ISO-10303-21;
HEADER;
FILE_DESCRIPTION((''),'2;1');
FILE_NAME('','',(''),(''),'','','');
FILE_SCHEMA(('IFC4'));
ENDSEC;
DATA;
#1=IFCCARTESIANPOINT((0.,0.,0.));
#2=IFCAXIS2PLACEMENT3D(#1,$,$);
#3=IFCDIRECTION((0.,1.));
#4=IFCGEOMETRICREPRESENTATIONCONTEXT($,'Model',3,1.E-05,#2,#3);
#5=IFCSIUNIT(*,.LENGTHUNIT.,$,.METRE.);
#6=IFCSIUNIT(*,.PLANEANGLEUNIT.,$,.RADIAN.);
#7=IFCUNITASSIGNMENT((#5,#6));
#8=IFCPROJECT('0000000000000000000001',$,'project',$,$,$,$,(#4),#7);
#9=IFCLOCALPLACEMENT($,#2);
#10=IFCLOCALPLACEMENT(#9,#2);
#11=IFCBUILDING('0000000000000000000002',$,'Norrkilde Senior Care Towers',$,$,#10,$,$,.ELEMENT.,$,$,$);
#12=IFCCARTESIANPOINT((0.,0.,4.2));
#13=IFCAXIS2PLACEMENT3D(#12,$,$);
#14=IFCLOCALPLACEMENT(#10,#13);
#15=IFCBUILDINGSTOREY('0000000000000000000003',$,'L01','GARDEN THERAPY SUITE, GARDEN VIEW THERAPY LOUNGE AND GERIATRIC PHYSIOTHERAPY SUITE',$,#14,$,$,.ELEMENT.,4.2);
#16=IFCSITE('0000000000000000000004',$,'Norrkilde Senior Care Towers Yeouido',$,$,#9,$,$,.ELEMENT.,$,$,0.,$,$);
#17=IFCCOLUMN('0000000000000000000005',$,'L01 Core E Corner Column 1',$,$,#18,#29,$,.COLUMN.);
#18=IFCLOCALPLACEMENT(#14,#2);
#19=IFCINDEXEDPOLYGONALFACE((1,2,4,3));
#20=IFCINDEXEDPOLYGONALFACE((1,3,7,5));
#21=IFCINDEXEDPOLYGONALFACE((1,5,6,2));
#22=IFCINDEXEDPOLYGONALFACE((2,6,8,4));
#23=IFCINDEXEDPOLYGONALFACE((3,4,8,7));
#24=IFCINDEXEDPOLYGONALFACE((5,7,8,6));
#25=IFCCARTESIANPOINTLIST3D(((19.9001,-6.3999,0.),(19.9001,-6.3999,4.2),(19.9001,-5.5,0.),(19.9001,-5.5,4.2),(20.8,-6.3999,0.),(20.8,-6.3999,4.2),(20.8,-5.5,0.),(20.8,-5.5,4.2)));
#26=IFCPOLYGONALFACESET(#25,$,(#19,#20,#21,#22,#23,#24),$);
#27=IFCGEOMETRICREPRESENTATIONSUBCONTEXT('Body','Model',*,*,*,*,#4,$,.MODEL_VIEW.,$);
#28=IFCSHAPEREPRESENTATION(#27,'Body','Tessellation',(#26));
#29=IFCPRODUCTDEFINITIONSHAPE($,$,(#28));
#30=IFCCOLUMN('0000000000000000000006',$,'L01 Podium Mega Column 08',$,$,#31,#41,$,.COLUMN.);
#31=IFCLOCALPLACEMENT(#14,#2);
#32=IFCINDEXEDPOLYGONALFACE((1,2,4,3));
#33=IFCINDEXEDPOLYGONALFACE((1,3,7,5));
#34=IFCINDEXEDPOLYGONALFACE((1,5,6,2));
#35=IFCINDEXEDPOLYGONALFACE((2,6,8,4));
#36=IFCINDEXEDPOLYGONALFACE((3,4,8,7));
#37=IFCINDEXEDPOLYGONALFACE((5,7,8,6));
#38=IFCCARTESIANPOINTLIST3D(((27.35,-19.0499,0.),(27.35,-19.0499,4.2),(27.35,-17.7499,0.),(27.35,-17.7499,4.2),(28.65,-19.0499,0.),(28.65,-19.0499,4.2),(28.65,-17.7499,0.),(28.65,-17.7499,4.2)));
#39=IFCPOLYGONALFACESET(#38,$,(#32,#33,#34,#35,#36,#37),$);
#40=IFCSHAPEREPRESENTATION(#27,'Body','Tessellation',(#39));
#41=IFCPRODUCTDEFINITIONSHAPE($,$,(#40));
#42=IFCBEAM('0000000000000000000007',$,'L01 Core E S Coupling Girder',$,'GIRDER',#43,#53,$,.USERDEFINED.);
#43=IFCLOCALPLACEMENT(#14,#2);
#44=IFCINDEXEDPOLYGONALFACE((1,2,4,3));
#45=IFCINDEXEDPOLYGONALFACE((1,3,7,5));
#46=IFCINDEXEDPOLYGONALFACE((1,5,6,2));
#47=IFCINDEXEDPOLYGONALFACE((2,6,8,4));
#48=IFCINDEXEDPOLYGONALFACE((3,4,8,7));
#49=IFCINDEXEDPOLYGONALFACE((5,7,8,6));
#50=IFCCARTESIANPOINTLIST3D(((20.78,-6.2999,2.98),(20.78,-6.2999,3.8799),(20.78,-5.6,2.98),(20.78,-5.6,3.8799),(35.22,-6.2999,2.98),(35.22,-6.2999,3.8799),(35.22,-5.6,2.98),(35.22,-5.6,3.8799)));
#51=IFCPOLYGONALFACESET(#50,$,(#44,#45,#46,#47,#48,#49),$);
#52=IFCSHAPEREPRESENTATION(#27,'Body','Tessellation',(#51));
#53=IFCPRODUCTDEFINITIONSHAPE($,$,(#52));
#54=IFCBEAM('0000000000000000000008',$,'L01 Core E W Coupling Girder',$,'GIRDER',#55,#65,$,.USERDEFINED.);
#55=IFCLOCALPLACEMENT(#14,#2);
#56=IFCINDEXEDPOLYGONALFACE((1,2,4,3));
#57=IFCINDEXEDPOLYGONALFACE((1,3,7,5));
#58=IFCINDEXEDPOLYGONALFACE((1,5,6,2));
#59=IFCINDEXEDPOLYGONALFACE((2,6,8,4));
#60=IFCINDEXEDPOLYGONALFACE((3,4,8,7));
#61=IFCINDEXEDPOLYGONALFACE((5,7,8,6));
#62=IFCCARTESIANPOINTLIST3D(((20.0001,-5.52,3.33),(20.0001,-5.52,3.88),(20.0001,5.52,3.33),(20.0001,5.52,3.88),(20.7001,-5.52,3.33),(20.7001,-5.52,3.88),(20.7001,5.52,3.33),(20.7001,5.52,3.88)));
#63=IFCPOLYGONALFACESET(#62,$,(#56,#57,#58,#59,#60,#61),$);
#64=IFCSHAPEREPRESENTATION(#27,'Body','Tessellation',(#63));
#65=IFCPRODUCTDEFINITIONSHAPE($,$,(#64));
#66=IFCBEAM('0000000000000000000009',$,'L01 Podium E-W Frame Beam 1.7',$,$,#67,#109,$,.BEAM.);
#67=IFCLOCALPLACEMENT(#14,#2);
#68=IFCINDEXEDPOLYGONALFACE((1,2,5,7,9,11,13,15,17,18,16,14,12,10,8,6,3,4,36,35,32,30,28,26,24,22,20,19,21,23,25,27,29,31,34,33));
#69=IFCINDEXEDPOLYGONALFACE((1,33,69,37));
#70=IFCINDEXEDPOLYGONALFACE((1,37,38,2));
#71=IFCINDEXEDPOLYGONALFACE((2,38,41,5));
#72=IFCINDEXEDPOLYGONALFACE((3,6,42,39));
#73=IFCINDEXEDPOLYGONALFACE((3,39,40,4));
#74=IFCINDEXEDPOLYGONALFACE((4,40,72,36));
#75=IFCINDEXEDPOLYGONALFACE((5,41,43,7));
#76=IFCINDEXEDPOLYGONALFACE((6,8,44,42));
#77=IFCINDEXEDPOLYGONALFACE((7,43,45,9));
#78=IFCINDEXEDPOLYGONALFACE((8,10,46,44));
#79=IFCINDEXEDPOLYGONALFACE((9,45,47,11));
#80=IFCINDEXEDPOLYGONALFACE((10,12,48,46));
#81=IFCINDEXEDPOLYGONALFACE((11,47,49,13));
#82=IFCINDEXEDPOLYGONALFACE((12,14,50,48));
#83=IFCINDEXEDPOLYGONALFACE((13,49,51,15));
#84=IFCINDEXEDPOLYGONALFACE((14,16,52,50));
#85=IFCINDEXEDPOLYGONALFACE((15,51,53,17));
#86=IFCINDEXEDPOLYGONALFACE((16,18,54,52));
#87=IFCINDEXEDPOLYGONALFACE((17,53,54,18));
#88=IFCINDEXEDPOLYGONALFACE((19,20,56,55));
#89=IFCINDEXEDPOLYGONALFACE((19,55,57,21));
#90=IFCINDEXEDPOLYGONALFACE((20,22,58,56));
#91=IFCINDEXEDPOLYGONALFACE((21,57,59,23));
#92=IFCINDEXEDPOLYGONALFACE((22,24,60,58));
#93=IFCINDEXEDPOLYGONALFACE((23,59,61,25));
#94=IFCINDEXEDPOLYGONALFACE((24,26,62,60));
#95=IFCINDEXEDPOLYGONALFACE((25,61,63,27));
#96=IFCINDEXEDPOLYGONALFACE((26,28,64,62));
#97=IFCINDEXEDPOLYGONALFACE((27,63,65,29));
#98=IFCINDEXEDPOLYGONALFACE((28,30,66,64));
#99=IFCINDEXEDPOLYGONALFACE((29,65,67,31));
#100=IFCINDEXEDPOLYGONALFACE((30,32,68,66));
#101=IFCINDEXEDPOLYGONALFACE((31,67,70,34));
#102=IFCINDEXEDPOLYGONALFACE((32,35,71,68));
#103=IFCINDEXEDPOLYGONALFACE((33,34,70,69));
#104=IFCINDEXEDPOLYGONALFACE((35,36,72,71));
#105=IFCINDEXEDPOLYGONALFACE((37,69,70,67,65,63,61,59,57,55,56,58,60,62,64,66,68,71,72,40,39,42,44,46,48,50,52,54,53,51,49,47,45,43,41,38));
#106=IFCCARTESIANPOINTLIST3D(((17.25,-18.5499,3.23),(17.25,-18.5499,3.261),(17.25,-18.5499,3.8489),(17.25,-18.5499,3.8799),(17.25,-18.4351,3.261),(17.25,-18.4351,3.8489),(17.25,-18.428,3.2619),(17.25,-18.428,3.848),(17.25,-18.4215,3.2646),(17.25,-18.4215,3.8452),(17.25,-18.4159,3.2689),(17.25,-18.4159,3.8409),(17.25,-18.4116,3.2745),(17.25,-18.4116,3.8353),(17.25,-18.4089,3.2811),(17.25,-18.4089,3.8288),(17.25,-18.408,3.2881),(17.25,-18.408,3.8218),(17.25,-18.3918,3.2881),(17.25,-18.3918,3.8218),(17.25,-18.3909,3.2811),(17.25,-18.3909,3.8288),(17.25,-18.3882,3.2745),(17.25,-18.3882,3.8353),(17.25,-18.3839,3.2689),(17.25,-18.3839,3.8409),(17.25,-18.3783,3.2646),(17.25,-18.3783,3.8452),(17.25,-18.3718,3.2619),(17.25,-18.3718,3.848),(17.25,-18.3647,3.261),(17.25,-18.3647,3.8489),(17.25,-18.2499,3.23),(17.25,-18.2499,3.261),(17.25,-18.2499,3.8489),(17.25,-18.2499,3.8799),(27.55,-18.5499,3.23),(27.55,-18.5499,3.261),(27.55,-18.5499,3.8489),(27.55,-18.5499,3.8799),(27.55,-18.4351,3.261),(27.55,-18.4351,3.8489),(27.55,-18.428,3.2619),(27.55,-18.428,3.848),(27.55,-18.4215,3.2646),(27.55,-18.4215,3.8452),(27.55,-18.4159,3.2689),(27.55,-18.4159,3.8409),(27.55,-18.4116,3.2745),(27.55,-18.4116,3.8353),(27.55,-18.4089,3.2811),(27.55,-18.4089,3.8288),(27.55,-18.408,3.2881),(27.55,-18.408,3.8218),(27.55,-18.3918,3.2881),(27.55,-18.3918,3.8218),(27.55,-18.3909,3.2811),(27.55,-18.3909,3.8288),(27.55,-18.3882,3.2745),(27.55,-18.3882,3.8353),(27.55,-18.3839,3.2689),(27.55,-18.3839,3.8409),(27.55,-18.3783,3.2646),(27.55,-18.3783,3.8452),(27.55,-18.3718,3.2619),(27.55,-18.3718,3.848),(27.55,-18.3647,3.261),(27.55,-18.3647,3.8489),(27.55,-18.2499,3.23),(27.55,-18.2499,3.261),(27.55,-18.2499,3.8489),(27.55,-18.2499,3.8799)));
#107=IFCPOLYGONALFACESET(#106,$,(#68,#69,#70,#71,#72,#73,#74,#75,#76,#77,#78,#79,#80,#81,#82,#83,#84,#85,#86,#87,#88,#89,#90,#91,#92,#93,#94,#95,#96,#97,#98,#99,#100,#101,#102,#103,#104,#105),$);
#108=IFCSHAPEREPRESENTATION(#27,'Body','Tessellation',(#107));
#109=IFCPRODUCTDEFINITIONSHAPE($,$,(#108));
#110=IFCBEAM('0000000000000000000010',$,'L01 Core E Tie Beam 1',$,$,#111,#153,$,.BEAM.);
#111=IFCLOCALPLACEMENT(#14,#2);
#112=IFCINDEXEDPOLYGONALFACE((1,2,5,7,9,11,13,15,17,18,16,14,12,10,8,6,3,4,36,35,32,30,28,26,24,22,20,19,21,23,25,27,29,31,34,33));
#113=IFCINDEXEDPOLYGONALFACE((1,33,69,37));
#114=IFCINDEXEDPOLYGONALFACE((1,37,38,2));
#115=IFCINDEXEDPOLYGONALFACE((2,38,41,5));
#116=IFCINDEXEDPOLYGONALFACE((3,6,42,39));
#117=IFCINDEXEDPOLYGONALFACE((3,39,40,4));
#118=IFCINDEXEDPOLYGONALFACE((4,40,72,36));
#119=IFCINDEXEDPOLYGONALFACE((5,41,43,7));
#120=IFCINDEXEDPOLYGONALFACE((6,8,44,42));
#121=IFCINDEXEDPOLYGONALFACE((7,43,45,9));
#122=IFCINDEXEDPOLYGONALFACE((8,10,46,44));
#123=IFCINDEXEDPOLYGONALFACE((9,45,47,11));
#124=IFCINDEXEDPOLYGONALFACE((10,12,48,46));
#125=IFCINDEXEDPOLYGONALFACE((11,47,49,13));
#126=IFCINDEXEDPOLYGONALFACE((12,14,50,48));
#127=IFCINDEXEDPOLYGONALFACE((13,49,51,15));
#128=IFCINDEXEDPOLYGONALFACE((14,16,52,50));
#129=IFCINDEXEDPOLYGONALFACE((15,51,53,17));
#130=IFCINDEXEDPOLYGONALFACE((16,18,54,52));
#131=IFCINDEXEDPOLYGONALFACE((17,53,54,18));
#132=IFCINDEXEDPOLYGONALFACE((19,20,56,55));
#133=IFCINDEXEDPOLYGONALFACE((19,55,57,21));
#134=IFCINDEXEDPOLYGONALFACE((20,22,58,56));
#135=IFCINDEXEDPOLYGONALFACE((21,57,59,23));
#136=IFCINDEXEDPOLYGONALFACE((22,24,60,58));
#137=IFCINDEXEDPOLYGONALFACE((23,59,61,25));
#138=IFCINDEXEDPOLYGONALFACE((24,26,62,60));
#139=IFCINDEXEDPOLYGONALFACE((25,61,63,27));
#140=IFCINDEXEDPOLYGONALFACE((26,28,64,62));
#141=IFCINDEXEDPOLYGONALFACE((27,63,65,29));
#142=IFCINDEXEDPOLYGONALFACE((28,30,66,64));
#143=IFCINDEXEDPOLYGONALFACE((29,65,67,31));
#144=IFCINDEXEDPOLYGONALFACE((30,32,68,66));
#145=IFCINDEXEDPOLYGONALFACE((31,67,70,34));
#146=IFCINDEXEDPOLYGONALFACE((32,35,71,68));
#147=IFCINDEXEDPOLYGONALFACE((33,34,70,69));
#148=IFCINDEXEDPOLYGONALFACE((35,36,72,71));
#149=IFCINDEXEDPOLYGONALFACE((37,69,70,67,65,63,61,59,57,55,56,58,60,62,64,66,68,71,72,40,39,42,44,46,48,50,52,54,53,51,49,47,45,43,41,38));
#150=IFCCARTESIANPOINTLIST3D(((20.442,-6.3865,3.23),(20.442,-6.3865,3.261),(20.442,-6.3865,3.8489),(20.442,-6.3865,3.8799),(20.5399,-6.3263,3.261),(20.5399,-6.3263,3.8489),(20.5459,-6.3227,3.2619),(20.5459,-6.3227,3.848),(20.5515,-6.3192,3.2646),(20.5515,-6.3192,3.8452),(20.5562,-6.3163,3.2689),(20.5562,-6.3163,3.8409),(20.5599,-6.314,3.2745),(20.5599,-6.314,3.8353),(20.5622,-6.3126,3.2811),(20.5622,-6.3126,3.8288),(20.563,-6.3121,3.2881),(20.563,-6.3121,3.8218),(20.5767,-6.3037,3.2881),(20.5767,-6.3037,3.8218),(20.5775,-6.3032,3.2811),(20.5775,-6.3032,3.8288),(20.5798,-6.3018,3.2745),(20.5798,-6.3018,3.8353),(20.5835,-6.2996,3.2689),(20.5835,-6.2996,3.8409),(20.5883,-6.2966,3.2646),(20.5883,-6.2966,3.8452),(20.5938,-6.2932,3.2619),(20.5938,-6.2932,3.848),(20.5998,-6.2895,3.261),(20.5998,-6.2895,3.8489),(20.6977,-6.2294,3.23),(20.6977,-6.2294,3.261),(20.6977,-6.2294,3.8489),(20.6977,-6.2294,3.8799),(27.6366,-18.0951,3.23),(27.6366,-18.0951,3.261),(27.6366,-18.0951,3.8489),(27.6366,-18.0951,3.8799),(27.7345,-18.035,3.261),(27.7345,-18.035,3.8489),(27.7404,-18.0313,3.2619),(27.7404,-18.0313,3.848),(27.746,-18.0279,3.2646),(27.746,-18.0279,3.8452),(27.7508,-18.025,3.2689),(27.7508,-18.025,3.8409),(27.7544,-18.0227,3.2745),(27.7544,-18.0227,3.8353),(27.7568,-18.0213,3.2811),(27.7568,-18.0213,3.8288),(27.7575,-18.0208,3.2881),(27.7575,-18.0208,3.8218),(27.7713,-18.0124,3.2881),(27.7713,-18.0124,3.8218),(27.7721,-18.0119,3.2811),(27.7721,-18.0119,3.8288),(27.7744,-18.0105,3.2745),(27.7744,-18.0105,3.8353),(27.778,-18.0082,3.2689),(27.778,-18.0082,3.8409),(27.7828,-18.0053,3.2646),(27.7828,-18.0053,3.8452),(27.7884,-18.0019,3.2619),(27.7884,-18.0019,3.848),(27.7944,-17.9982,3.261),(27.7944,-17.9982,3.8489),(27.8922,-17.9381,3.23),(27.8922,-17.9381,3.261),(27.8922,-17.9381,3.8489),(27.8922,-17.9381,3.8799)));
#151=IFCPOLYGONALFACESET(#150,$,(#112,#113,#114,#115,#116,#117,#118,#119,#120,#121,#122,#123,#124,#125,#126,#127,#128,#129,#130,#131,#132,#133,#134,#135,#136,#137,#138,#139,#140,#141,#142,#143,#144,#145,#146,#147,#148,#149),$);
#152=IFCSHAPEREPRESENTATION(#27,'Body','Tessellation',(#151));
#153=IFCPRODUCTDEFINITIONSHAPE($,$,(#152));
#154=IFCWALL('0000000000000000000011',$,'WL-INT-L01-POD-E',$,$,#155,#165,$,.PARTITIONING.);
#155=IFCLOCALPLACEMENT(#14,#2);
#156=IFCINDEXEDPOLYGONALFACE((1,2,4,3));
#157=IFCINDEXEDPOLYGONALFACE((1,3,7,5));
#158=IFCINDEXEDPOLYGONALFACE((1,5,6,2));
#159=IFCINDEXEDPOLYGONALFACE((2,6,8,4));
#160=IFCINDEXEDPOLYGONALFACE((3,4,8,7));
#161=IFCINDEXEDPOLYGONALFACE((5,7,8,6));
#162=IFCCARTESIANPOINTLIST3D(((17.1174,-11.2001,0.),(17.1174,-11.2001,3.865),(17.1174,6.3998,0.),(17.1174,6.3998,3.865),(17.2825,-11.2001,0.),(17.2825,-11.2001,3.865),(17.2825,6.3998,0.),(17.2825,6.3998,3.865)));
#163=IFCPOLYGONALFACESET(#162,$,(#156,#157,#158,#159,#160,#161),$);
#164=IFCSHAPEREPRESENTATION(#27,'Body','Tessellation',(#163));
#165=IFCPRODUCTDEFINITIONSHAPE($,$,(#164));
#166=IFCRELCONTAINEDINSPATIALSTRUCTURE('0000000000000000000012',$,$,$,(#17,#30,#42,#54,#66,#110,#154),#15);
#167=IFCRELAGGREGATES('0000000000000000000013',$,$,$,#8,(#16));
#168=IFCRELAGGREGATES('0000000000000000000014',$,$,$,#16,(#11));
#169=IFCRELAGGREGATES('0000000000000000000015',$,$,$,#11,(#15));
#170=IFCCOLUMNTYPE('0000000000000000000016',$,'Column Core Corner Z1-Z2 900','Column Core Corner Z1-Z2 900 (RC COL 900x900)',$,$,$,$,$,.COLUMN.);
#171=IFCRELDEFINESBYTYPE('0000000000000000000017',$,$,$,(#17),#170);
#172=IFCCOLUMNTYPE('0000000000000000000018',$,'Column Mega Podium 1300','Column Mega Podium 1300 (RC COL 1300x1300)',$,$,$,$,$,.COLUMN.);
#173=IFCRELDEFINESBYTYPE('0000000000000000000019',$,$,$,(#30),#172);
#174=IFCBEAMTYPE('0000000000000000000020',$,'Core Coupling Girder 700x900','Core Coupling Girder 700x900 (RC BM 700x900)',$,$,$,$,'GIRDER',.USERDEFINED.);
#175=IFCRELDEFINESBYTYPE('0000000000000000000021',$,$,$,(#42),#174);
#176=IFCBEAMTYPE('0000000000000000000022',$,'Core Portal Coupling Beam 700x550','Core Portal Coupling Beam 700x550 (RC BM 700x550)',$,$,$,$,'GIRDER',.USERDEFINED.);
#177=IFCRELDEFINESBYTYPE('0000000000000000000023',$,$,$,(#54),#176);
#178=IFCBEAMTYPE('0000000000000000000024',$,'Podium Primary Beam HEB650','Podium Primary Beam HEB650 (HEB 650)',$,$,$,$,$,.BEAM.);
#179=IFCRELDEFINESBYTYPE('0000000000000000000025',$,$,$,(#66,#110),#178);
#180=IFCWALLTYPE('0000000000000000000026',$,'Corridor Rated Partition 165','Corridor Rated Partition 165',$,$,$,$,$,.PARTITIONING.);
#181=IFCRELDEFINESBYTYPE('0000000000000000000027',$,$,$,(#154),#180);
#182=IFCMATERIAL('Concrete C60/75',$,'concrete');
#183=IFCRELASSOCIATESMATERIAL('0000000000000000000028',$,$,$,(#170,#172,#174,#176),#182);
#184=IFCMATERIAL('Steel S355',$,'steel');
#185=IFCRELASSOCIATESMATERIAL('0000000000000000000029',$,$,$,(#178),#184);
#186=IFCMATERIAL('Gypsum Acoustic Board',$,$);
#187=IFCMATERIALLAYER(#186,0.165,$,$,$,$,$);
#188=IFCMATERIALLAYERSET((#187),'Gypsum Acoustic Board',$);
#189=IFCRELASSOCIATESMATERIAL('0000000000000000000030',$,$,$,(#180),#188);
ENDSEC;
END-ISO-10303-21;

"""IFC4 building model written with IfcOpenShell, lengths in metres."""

from ifc_helpers import new_model, si_unit, direction, frame, frame_2d, origin, origin_2d, place, context, subcontext, project, spatial, rectangle, i_section, extrude, source, transform, mapped, material, layer, layer_set, material_profile, profile_set, type_object, type_shapes, element, save


model = new_model("IFC4")

# Units and contexts
model_context = context("Model", 3, precision=1e-05, world=origin(), true_north=direction((0.0, 1.0)))
body_context = subcontext(model_context, "Body", "Model", "MODEL_VIEW")
ifc_project = project(units=[si_unit("LENGTHUNIT", "METRE"), si_unit("PLANEANGLEUNIT", "RADIAN")], contexts=[model_context])

# Site, building, storey
site_placement = place(None, origin())
site = spatial("IfcSite", under=ifc_project, at=site_placement, Name="Norrkilde Senior Care Towers Yeouido", CompositionType="ELEMENT", RefElevation=0.0)
building_placement = place(site_placement, origin())
building = spatial("IfcBuilding", under=site, at=building_placement, Name="Norrkilde Senior Care Towers", CompositionType="ELEMENT")
storey_placement = place(building_placement, frame((0.0, 0.0, 4.2)))
storey = spatial("IfcBuildingStorey", under=building, at=storey_placement, Name="L01", Description="GARDEN THERAPY SUITE, GARDEN VIEW THERAPY LOUNGE AND GERIATRIC PHYSIOTHERAPY SUITE", CompositionType="ELEMENT", Elevation=4.2)

# Columns
ifc_material_1 = material(Name="Concrete C60/75", Category="concrete")
ifc_material_profile_1 = material_profile(ifc_material_1, rectangle(XDim=0.8999, YDim=0.8999, at=origin_2d()), Name="RC COL 900x900")
ifc_profile_set_1 = profile_set([ifc_material_profile_1], Name="Concrete C60/75")
column_type_1 = type_object("IfcColumnType", Name="Column Core Corner Z1-Z2 900", Description="Column Core Corner Z1-Z2 900 (RC COL 900x900)", PredefinedType="COLUMN", material=ifc_profile_set_1)
shared_shape_1 = source(origin(), body_context, "Body", "SweptSolid", [
    extrude(rectangle(XDim=0.8999, YDim=0.8999, at=origin_2d()), origin(), (0.0, 0.0, 1.0), 4.2),
])
type_shapes(column_type_1, [shared_shape_1])
column_1_placement = place(storey_placement, frame((20.3501, -5.95, 0.0), z_axis=(0.0, 0.0, 1.0), x_axis=(1.0, 0.0, 0.0)))
element("IfcColumn", 1, at=column_1_placement, inside=storey, type_object=column_type_1, Name="L01 Core E Corner Column 1", PredefinedType="COLUMN", context=body_context, shape_type="MappedRepresentation", body=[
    mapped(shared_shape_1, transform((0.0, 0.0, 0.0), x_axis=(1.0, 0.0, 0.0), y_axis=(0.0, 1.0, 0.0), z_axis=(0.0, 0.0, 1.0), scale=1.0)),
])
ifc_material_profile_2 = material_profile(ifc_material_1, rectangle(XDim=1.3, YDim=1.3, at=origin_2d()), Name="RC COL 1300x1300")
ifc_profile_set_2 = profile_set([ifc_material_profile_2], Name="Concrete C60/75")
column_type_2 = type_object("IfcColumnType", Name="Column Mega Podium 1300", Description="Column Mega Podium 1300 (RC COL 1300x1300)", PredefinedType="COLUMN", material=ifc_profile_set_2)
shared_shape_2 = source(origin(), body_context, "Body", "SweptSolid", [
    extrude(rectangle(XDim=1.3, YDim=1.3, at=origin_2d()), origin(), (0.0, 0.0, 1.0), 4.2),
])
type_shapes(column_type_2, [shared_shape_2])
column_2_placement = place(storey_placement, frame((28.0, -18.3999, 0.0), z_axis=(0.0, 0.0, 1.0), x_axis=(1.0, 0.0, 0.0)))
element("IfcColumn", 2, at=column_2_placement, inside=storey, type_object=column_type_2, Name="L01 Podium Mega Column 08", PredefinedType="COLUMN", context=body_context, shape_type="MappedRepresentation", body=[
    mapped(shared_shape_2, transform((0.0, 0.0, 0.0), x_axis=(1.0, 0.0, 0.0), y_axis=(0.0, 1.0, 0.0), z_axis=(0.0, 0.0, 1.0), scale=1.0)),
])

# Beams
ifc_material_profile_3 = material_profile(ifc_material_1, rectangle(XDim=0.7, YDim=0.8999, at=origin_2d()), Name="RC BM 700x900")
ifc_profile_set_3 = profile_set([ifc_material_profile_3], Name="Concrete C60/75")
beam_type_1 = type_object("IfcBeamType", Name="Core Coupling Girder 700x900", Description="Core Coupling Girder 700x900 (RC BM 700x900)", ElementType="GIRDER", PredefinedType="USERDEFINED", material=ifc_profile_set_3)
shared_shape_3 = source(origin(), body_context, "Body", "SweptSolid", [
    extrude(rectangle(XDim=0.7, YDim=0.8999, at=origin_2d()), origin(), (0.0, 0.0, 1.0), 14.4399),
])
type_shapes(beam_type_1, [shared_shape_3])
beam_1_placement = place(storey_placement, frame((20.78, -5.95, 3.4299), z_axis=(1.0, 0.0, 0.0), x_axis=(0.0, 1.0, 0.0)))
element("IfcBeam", 3, at=beam_1_placement, inside=storey, type_object=beam_type_1, Name="L01 Core E S Coupling Girder", ObjectType="GIRDER", PredefinedType="USERDEFINED", context=body_context, shape_type="MappedRepresentation", body=[
    mapped(shared_shape_3, transform((0.0, 0.0, 0.0), x_axis=(1.0, 0.0, 0.0), y_axis=(0.0, 1.0, 0.0), z_axis=(0.0, 0.0, 1.0), scale=1.0)),
])
ifc_material_profile_4 = material_profile(ifc_material_1, rectangle(XDim=0.7, YDim=0.55, at=origin_2d()), Name="RC BM 700x550")
ifc_profile_set_4 = profile_set([ifc_material_profile_4], Name="Concrete C60/75")
beam_type_2 = type_object("IfcBeamType", Name="Core Portal Coupling Beam 700x550", Description="Core Portal Coupling Beam 700x550 (RC BM 700x550)", ElementType="GIRDER", PredefinedType="USERDEFINED", material=ifc_profile_set_4)
shared_shape_4 = source(origin(), body_context, "Body", "SweptSolid", [
    extrude(rectangle(XDim=0.7, YDim=0.55, at=origin_2d()), origin(), (0.0, 0.0, 1.0), 11.04),
])
type_shapes(beam_type_2, [shared_shape_4])
beam_2_placement = place(storey_placement, frame((20.3501, -5.52, 3.605), z_axis=(0.0, 1.0, 0.0), x_axis=(-1.0, 0.0, 0.0)))
element("IfcBeam", 4, at=beam_2_placement, inside=storey, type_object=beam_type_2, Name="L01 Core E W Coupling Girder", ObjectType="GIRDER", PredefinedType="USERDEFINED", context=body_context, shape_type="MappedRepresentation", body=[
    mapped(shared_shape_4, transform((0.0, 0.0, 0.0), x_axis=(1.0, 0.0, 0.0), y_axis=(0.0, 1.0, 0.0), z_axis=(0.0, 0.0, 1.0), scale=1.0)),
])
ifc_material_2 = material(Name="Steel S355", Category="steel")
ifc_material_profile_5 = material_profile(ifc_material_2, i_section(OverallWidth=0.3, OverallDepth=0.6499, WebThickness=0.0161, FlangeThickness=0.031, FilletRadius=0.0271, at=origin_2d()), Name="HEB 650")
ifc_profile_set_5 = profile_set([ifc_material_profile_5], Name="Steel S355")
beam_type_3 = type_object("IfcBeamType", Name="Podium Primary Beam HEB650", Description="Podium Primary Beam HEB650 (HEB 650)", PredefinedType="BEAM", material=ifc_profile_set_5)
shared_shape_5 = source(origin(), body_context, "Body", "SweptSolid", [
    extrude(i_section(OverallWidth=0.3, OverallDepth=0.6499, WebThickness=0.0161, FlangeThickness=0.031, FilletRadius=0.0271, at=origin_2d()), origin(), (0.0, 0.0, 1.0), 10.3),
])
beam_3_placement = place(storey_placement, frame((17.25, -18.3999, 3.5549), z_axis=(1.0, 0.0, 0.0), x_axis=(0.0, 1.0, 0.0)))
element("IfcBeam", 5, at=beam_3_placement, inside=storey, type_object=beam_type_3, Name="L01 Podium E-W Frame Beam 1.7", PredefinedType="BEAM", context=body_context, shape_type="MappedRepresentation", body=[
    mapped(shared_shape_5, transform((0.0, 0.0, 0.0), x_axis=(1.0, 0.0, 0.0), y_axis=(0.0, 1.0, 0.0), z_axis=(0.0, 0.0, 1.0), scale=1.0)),
])
shared_shape_6 = source(origin(), body_context, "Body", "SweptSolid", [
    extrude(i_section(OverallWidth=0.3, OverallDepth=0.6499, WebThickness=0.0161, FlangeThickness=0.031, FilletRadius=0.0271, at=origin_2d()), origin(), (0.0, 0.0, 1.0), 13.7424),
])
type_shapes(beam_type_3, [shared_shape_5, shared_shape_6])
beam_4_placement = place(storey_placement, frame((27.7644, -18.0166, 3.5549), z_axis=(-0.523527, 0.852009, 0.0), x_axis=(-0.852009, -0.523527, 0.0)))
element("IfcBeam", 6, at=beam_4_placement, inside=storey, type_object=beam_type_3, Name="L01 Core E Tie Beam 1", PredefinedType="BEAM", context=body_context, shape_type="MappedRepresentation", body=[
    mapped(shared_shape_6, transform((0.0, 0.0, 0.0), x_axis=(1.0, 0.0, 0.0), y_axis=(0.0, 1.0, 0.0), z_axis=(0.0, 0.0, 1.0), scale=1.0)),
])

# Wall
ifc_material_3 = material(Name="Gypsum Acoustic Board")
ifc_layer_1 = layer(ifc_material_3, 0.165)
ifc_layer_set_1 = layer_set([ifc_layer_1], Name="Gypsum Acoustic Board")
wall_type_1 = type_object("IfcWallType", Name="Corridor Rated Partition 165", Description="Corridor Rated Partition 165", PredefinedType="PARTITIONING", material=ifc_layer_set_1)
shared_shape_7 = source(origin(), body_context, "Body", "SweptSolid", [
    extrude(rectangle(XDim=17.5999, YDim=0.165, at=frame_2d((8.7998, 0.0))), origin(), (0.0, 0.0, 1.0), 3.865),
])
type_shapes(wall_type_1, [shared_shape_7])
wall_1_placement = place(storey_placement, frame((17.2, -11.2, 0.0), z_axis=(0.0, 0.0, 1.0), x_axis=(0.0, 1.0, 0.0)))
element("IfcWall", 7, at=wall_1_placement, inside=storey, type_object=wall_type_1, Name="WL-INT-L01-POD-E", PredefinedType="PARTITIONING", context=body_context, shape_type="MappedRepresentation", body=[
    mapped(shared_shape_7, transform((0.0, 0.0, 0.0), x_axis=(1.0, 0.0, 0.0), y_axis=(0.0, 1.0, 0.0), z_axis=(0.0, 0.0, 1.0), scale=1.0)),
])

save(model, "model.ifc")
